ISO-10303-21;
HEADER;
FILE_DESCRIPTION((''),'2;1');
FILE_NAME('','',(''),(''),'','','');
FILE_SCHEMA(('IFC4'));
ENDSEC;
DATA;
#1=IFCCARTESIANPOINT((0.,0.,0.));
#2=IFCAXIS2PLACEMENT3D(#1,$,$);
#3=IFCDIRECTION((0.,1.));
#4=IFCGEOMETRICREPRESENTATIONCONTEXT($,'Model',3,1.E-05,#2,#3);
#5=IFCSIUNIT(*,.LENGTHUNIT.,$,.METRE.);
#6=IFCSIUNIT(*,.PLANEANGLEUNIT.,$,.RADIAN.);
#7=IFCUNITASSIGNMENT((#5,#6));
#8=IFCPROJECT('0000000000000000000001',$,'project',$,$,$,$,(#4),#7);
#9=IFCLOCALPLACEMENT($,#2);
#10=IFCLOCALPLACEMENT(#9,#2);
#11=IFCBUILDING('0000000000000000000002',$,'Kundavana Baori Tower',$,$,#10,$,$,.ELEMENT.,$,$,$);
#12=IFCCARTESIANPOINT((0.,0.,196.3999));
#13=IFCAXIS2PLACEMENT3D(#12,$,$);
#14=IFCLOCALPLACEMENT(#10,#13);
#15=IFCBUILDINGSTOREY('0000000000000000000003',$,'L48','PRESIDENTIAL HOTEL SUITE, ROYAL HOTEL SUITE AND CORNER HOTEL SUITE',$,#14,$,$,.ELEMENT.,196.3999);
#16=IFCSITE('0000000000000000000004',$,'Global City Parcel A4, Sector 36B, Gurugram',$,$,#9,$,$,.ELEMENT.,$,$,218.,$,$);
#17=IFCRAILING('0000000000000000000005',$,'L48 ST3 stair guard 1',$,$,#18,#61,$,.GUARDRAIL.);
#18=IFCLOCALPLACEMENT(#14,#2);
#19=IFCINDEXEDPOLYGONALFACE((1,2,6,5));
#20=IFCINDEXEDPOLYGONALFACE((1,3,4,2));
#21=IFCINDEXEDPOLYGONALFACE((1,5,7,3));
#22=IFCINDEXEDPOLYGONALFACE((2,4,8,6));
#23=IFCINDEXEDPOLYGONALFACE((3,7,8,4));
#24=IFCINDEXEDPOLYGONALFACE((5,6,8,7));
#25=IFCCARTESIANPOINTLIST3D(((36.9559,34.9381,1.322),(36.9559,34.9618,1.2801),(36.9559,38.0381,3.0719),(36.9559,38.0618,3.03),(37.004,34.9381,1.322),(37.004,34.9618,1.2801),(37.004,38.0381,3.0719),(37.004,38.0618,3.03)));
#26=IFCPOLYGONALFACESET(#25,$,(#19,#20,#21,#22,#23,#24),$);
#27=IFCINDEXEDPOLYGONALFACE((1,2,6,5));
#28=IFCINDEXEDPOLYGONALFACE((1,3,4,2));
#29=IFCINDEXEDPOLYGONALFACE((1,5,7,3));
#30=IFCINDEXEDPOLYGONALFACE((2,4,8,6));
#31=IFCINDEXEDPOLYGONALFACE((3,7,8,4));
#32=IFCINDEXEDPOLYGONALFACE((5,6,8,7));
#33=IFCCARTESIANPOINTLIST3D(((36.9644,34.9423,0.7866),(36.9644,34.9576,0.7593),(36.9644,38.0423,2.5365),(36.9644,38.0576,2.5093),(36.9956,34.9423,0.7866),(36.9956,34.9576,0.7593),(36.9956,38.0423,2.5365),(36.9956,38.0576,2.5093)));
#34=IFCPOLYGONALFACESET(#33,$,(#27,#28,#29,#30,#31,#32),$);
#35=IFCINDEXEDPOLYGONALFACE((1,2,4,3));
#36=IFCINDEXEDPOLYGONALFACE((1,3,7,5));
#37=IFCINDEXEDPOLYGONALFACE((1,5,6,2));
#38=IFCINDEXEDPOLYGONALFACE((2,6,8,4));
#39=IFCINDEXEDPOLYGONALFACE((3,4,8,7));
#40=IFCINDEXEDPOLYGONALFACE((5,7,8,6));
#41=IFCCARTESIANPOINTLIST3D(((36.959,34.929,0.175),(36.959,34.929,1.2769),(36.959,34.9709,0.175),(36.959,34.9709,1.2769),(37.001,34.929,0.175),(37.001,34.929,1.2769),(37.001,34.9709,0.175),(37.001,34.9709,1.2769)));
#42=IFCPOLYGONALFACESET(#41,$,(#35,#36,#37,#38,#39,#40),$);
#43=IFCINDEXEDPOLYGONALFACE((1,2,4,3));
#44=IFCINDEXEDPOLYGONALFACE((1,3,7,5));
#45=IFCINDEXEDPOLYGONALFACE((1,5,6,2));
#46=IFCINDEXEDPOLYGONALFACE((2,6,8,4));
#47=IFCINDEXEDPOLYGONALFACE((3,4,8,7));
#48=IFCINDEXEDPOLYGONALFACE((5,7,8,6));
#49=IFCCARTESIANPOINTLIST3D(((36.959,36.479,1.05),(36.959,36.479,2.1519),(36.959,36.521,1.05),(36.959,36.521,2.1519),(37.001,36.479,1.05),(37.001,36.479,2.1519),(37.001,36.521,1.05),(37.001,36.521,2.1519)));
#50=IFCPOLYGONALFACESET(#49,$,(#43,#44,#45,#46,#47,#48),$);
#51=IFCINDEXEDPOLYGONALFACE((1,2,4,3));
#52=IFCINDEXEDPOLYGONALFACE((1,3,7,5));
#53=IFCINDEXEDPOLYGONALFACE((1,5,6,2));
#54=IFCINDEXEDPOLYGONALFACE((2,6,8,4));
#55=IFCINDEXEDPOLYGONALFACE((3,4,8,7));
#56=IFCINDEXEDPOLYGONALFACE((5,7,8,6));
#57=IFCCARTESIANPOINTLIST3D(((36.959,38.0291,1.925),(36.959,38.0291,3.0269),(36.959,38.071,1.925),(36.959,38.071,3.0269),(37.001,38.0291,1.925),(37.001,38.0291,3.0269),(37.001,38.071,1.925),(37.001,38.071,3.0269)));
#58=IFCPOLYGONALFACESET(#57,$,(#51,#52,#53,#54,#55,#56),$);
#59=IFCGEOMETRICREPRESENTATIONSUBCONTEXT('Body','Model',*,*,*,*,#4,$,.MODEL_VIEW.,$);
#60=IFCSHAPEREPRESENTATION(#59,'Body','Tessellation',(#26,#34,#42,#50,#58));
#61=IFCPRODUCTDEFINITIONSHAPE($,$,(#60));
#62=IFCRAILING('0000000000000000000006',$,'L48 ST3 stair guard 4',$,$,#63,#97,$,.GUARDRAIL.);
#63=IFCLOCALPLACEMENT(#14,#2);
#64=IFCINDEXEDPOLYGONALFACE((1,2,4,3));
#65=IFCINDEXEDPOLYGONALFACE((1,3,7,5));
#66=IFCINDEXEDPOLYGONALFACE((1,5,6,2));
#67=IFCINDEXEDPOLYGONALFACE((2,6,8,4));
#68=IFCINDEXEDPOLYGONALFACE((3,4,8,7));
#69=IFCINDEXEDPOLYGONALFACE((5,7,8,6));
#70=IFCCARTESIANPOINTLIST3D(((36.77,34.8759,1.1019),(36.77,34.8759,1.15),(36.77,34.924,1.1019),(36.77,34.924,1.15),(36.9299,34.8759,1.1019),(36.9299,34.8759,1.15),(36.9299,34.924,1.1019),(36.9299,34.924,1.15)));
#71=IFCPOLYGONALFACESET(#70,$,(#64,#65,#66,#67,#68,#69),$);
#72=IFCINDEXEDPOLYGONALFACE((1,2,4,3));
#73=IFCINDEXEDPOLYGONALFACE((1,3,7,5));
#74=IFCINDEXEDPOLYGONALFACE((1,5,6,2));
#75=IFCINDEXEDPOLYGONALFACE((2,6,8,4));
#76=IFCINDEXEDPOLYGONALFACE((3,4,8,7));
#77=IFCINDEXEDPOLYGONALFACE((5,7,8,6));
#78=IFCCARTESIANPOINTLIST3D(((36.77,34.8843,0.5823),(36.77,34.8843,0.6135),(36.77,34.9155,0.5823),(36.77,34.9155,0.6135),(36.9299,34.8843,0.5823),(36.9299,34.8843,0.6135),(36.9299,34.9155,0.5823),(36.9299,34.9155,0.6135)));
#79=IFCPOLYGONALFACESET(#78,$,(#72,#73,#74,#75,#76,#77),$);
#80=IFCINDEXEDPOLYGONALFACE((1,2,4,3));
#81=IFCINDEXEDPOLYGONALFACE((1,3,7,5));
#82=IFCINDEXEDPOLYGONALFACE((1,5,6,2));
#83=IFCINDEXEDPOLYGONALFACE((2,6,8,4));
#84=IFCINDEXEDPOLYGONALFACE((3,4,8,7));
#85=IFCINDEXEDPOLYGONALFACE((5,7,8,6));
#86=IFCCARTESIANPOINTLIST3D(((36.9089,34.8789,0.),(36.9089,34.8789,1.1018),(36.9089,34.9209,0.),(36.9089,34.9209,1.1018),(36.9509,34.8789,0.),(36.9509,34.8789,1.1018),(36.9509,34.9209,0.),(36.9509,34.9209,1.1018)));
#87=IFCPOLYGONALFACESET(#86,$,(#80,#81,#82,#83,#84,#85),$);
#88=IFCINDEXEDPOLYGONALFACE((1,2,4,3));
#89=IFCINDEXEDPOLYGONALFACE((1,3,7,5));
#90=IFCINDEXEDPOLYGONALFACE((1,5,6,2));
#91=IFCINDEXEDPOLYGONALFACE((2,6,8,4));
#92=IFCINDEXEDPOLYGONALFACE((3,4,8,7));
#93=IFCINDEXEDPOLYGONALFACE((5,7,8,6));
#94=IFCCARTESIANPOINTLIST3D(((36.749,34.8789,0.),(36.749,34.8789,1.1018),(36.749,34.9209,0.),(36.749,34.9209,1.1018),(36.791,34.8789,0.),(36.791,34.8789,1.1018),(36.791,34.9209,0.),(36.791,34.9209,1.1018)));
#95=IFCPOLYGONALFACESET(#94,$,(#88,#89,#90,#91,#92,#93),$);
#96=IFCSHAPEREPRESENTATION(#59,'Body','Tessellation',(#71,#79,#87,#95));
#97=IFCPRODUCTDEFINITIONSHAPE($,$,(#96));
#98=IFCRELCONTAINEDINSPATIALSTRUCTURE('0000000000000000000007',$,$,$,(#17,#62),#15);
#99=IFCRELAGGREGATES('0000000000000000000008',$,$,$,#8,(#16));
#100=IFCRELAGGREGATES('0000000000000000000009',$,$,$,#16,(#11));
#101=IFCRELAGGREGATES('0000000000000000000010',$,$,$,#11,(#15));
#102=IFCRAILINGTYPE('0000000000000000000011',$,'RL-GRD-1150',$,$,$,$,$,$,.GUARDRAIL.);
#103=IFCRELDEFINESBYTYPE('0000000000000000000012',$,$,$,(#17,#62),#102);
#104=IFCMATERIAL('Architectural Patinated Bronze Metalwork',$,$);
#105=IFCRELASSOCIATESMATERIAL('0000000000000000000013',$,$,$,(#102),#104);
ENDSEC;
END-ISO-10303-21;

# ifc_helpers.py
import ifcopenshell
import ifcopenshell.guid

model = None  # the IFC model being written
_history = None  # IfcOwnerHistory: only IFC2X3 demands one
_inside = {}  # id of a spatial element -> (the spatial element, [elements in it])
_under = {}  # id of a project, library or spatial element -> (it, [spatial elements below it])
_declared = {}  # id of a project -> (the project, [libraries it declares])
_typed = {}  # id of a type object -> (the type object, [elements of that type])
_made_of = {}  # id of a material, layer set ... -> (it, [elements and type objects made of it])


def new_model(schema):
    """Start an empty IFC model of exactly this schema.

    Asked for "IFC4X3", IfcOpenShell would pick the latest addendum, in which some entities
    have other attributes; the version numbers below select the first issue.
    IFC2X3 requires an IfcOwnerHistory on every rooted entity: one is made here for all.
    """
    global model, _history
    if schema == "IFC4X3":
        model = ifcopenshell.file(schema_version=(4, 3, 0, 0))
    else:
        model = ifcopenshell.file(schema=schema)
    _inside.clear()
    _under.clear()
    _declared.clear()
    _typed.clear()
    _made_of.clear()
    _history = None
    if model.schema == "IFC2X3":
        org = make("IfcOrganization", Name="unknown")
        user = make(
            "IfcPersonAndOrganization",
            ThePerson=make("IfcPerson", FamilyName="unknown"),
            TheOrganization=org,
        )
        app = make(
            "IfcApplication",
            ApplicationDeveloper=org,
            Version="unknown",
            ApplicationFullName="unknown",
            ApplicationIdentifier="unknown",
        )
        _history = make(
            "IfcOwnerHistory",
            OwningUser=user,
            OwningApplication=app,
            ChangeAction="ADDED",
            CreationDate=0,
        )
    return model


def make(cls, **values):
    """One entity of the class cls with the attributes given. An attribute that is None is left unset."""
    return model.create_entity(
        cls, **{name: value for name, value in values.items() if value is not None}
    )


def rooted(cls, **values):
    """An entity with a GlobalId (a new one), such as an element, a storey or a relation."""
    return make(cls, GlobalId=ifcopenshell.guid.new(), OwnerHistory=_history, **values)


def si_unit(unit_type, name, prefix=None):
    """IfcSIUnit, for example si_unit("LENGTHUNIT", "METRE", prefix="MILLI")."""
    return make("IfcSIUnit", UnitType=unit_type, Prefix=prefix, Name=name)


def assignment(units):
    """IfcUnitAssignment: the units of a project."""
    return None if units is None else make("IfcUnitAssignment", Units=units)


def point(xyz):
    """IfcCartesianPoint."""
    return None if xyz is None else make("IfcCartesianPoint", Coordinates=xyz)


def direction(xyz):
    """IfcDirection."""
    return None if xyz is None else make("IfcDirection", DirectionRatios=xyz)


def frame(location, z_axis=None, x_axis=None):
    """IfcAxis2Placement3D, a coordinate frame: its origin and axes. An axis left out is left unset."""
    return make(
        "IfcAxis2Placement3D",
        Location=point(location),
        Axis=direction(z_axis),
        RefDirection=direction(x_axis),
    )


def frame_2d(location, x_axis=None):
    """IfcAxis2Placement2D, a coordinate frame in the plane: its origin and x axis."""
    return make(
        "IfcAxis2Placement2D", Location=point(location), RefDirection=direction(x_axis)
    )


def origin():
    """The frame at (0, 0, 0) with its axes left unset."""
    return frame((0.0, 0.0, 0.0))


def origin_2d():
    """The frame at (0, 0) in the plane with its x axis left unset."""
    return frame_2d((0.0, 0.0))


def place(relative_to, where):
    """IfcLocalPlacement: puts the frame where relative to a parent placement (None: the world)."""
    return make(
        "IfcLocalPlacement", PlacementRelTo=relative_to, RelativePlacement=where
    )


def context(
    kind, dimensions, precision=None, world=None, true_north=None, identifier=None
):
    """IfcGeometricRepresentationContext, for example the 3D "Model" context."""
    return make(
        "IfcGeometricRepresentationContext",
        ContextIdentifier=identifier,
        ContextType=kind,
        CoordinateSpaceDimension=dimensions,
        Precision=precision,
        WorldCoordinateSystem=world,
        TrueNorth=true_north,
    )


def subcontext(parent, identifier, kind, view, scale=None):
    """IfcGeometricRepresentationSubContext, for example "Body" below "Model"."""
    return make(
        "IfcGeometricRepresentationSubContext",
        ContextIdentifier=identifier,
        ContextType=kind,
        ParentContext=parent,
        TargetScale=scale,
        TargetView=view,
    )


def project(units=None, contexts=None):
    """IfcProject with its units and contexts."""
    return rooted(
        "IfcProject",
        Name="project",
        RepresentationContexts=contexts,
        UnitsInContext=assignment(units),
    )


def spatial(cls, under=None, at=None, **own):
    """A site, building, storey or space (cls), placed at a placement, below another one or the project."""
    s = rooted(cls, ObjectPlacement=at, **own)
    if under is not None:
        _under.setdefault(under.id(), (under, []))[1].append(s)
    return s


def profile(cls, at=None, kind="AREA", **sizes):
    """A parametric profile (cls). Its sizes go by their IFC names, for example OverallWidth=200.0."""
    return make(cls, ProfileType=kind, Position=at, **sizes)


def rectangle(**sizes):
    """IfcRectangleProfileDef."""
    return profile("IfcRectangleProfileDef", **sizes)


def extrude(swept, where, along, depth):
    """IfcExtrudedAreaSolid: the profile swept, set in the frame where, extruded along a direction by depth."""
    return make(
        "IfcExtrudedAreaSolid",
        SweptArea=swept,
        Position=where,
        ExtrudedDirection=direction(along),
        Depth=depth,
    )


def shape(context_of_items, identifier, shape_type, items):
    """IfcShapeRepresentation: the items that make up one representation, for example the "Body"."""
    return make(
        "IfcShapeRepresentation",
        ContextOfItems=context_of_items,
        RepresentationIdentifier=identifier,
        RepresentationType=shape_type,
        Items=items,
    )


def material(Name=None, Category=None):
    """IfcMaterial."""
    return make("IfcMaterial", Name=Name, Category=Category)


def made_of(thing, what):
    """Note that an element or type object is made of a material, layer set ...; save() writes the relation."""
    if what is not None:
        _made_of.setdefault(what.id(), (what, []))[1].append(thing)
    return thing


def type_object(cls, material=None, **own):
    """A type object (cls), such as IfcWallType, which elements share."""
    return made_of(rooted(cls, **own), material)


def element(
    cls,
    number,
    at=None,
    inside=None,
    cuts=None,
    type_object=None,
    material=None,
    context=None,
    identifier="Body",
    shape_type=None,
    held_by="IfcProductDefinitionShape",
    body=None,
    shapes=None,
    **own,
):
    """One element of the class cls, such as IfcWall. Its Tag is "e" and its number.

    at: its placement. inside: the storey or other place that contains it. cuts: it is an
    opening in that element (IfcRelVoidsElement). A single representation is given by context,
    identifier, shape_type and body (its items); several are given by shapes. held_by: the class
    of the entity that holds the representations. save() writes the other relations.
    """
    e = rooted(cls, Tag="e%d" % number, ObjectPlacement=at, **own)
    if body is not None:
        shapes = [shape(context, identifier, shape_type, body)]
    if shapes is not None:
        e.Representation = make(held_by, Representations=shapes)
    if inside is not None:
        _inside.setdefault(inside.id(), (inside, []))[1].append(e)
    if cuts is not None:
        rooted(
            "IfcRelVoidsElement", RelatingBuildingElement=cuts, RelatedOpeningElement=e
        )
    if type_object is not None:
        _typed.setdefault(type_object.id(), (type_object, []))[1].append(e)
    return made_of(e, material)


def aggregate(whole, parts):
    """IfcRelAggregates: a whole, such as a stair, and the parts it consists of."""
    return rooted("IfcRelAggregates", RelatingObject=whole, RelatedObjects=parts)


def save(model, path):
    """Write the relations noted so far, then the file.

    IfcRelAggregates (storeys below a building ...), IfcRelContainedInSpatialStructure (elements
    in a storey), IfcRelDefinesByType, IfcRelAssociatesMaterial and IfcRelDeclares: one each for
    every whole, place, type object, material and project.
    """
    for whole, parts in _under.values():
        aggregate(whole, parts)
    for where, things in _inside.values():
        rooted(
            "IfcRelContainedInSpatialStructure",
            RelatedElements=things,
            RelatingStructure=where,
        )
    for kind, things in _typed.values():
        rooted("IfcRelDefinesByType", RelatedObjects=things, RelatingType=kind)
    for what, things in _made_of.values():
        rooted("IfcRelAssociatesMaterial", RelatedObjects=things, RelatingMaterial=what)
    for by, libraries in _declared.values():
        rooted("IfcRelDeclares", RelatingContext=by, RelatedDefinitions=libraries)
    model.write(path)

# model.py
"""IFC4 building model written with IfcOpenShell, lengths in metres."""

from ifc_helpers import new_model, si_unit, direction, frame, origin, origin_2d, place, context, subcontext, project, spatial, rectangle, extrude, material, type_object, element, save


model = new_model("IFC4")

# Units and contexts
model_context = context("Model", 3, precision=1e-05, world=origin(), true_north=direction((0.0, 1.0)))
body_context = subcontext(model_context, "Body", "Model", "MODEL_VIEW")
ifc_project = project(units=[si_unit("LENGTHUNIT", "METRE"), si_unit("PLANEANGLEUNIT", "RADIAN")], contexts=[model_context])

# Site, building, storey
site_placement = place(None, origin())
site = spatial("IfcSite", under=ifc_project, at=site_placement, Name="Global City Parcel A4, Sector 36B, Gurugram", CompositionType="ELEMENT", RefElevation=218.0)
building_placement = place(site_placement, origin())
building = spatial("IfcBuilding", under=site, at=building_placement, Name="Kundavana Baori Tower", CompositionType="ELEMENT")
storey_placement = place(building_placement, frame((0.0, 0.0, 196.3999)))
storey = spatial("IfcBuildingStorey", under=building, at=storey_placement, Name="L48", Description="PRESIDENTIAL HOTEL SUITE, ROYAL HOTEL SUITE AND CORNER HOTEL SUITE", CompositionType="ELEMENT", Elevation=196.3999)

# Railings
ifc_material_1 = material(Name="Architectural Patinated Bronze Metalwork")
railing_type = type_object("IfcRailingType", Name="RL-GRD-1150", PredefinedType="GUARDRAIL", material=ifc_material_1)
railing_1_placement = place(storey_placement, frame((36.98, 34.95, 0.175)))
element("IfcRailing", 1, at=railing_1_placement, inside=storey, type_object=railing_type, Name="L48 ST3 stair guard 1", PredefinedType="GUARDRAIL", context=body_context, shape_type="SweptSolid", body=[
    extrude(rectangle(XDim=0.0481, YDim=0.0481, at=origin_2d()), frame((0.0, 0.0, 1.126), z_axis=(0.0, 0.870831, 0.491583), x_axis=(-1.0, 0.0, 0.0)), (0.0, 0.0, 1.0), 3.5598),
    extrude(rectangle(XDim=0.0312, YDim=0.0312, at=origin_2d()), frame((0.0, 0.0, 0.5979), z_axis=(0.0, 0.870831, 0.491583), x_axis=(-1.0, 0.0, 0.0)), (0.0, 0.0, 1.0), 3.5598),
    extrude(rectangle(XDim=0.042, YDim=0.042, at=origin_2d()), origin(), (0.0, 0.0, 1.0), 1.1018),
    extrude(rectangle(XDim=0.042, YDim=0.042, at=origin_2d()), frame((0.0, 1.55, 0.875)), (0.0, 0.0, 1.0), 1.1018),
    extrude(rectangle(XDim=0.042, YDim=0.042, at=origin_2d()), frame((0.0, 3.1001, 1.75)), (0.0, 0.0, 1.0), 1.1018),
])
railing_2_placement = place(storey_placement, frame((36.9299, 34.8999, 0.0)))
element("IfcRailing", 2, at=railing_2_placement, inside=storey, type_object=railing_type, Name="L48 ST3 stair guard 4", PredefinedType="GUARDRAIL", context=body_context, shape_type="SweptSolid", body=[
    extrude(rectangle(XDim=0.0481, YDim=0.0481, at=origin_2d()), frame((0.0, 0.0, 1.126), z_axis=(-1.0, 0.0, 0.0), x_axis=(0.0, -1.0, 0.0)), (0.0, 0.0, 1.0), 0.1599),
    extrude(rectangle(XDim=0.0312, YDim=0.0312, at=origin_2d()), frame((0.0, 0.0, 0.5979), z_axis=(-1.0, 0.0, 0.0), x_axis=(0.0, -1.0, 0.0)), (0.0, 0.0, 1.0), 0.1599),
    extrude(rectangle(XDim=0.042, YDim=0.042, at=origin_2d()), origin(), (0.0, 0.0, 1.0), 1.1018),
    extrude(rectangle(XDim=0.042, YDim=0.042, at=origin_2d()), frame((-0.1599, 0.0, 0.0)), (0.0, 0.0, 1.0), 1.1018),
])

save(model, "model.ifc")
